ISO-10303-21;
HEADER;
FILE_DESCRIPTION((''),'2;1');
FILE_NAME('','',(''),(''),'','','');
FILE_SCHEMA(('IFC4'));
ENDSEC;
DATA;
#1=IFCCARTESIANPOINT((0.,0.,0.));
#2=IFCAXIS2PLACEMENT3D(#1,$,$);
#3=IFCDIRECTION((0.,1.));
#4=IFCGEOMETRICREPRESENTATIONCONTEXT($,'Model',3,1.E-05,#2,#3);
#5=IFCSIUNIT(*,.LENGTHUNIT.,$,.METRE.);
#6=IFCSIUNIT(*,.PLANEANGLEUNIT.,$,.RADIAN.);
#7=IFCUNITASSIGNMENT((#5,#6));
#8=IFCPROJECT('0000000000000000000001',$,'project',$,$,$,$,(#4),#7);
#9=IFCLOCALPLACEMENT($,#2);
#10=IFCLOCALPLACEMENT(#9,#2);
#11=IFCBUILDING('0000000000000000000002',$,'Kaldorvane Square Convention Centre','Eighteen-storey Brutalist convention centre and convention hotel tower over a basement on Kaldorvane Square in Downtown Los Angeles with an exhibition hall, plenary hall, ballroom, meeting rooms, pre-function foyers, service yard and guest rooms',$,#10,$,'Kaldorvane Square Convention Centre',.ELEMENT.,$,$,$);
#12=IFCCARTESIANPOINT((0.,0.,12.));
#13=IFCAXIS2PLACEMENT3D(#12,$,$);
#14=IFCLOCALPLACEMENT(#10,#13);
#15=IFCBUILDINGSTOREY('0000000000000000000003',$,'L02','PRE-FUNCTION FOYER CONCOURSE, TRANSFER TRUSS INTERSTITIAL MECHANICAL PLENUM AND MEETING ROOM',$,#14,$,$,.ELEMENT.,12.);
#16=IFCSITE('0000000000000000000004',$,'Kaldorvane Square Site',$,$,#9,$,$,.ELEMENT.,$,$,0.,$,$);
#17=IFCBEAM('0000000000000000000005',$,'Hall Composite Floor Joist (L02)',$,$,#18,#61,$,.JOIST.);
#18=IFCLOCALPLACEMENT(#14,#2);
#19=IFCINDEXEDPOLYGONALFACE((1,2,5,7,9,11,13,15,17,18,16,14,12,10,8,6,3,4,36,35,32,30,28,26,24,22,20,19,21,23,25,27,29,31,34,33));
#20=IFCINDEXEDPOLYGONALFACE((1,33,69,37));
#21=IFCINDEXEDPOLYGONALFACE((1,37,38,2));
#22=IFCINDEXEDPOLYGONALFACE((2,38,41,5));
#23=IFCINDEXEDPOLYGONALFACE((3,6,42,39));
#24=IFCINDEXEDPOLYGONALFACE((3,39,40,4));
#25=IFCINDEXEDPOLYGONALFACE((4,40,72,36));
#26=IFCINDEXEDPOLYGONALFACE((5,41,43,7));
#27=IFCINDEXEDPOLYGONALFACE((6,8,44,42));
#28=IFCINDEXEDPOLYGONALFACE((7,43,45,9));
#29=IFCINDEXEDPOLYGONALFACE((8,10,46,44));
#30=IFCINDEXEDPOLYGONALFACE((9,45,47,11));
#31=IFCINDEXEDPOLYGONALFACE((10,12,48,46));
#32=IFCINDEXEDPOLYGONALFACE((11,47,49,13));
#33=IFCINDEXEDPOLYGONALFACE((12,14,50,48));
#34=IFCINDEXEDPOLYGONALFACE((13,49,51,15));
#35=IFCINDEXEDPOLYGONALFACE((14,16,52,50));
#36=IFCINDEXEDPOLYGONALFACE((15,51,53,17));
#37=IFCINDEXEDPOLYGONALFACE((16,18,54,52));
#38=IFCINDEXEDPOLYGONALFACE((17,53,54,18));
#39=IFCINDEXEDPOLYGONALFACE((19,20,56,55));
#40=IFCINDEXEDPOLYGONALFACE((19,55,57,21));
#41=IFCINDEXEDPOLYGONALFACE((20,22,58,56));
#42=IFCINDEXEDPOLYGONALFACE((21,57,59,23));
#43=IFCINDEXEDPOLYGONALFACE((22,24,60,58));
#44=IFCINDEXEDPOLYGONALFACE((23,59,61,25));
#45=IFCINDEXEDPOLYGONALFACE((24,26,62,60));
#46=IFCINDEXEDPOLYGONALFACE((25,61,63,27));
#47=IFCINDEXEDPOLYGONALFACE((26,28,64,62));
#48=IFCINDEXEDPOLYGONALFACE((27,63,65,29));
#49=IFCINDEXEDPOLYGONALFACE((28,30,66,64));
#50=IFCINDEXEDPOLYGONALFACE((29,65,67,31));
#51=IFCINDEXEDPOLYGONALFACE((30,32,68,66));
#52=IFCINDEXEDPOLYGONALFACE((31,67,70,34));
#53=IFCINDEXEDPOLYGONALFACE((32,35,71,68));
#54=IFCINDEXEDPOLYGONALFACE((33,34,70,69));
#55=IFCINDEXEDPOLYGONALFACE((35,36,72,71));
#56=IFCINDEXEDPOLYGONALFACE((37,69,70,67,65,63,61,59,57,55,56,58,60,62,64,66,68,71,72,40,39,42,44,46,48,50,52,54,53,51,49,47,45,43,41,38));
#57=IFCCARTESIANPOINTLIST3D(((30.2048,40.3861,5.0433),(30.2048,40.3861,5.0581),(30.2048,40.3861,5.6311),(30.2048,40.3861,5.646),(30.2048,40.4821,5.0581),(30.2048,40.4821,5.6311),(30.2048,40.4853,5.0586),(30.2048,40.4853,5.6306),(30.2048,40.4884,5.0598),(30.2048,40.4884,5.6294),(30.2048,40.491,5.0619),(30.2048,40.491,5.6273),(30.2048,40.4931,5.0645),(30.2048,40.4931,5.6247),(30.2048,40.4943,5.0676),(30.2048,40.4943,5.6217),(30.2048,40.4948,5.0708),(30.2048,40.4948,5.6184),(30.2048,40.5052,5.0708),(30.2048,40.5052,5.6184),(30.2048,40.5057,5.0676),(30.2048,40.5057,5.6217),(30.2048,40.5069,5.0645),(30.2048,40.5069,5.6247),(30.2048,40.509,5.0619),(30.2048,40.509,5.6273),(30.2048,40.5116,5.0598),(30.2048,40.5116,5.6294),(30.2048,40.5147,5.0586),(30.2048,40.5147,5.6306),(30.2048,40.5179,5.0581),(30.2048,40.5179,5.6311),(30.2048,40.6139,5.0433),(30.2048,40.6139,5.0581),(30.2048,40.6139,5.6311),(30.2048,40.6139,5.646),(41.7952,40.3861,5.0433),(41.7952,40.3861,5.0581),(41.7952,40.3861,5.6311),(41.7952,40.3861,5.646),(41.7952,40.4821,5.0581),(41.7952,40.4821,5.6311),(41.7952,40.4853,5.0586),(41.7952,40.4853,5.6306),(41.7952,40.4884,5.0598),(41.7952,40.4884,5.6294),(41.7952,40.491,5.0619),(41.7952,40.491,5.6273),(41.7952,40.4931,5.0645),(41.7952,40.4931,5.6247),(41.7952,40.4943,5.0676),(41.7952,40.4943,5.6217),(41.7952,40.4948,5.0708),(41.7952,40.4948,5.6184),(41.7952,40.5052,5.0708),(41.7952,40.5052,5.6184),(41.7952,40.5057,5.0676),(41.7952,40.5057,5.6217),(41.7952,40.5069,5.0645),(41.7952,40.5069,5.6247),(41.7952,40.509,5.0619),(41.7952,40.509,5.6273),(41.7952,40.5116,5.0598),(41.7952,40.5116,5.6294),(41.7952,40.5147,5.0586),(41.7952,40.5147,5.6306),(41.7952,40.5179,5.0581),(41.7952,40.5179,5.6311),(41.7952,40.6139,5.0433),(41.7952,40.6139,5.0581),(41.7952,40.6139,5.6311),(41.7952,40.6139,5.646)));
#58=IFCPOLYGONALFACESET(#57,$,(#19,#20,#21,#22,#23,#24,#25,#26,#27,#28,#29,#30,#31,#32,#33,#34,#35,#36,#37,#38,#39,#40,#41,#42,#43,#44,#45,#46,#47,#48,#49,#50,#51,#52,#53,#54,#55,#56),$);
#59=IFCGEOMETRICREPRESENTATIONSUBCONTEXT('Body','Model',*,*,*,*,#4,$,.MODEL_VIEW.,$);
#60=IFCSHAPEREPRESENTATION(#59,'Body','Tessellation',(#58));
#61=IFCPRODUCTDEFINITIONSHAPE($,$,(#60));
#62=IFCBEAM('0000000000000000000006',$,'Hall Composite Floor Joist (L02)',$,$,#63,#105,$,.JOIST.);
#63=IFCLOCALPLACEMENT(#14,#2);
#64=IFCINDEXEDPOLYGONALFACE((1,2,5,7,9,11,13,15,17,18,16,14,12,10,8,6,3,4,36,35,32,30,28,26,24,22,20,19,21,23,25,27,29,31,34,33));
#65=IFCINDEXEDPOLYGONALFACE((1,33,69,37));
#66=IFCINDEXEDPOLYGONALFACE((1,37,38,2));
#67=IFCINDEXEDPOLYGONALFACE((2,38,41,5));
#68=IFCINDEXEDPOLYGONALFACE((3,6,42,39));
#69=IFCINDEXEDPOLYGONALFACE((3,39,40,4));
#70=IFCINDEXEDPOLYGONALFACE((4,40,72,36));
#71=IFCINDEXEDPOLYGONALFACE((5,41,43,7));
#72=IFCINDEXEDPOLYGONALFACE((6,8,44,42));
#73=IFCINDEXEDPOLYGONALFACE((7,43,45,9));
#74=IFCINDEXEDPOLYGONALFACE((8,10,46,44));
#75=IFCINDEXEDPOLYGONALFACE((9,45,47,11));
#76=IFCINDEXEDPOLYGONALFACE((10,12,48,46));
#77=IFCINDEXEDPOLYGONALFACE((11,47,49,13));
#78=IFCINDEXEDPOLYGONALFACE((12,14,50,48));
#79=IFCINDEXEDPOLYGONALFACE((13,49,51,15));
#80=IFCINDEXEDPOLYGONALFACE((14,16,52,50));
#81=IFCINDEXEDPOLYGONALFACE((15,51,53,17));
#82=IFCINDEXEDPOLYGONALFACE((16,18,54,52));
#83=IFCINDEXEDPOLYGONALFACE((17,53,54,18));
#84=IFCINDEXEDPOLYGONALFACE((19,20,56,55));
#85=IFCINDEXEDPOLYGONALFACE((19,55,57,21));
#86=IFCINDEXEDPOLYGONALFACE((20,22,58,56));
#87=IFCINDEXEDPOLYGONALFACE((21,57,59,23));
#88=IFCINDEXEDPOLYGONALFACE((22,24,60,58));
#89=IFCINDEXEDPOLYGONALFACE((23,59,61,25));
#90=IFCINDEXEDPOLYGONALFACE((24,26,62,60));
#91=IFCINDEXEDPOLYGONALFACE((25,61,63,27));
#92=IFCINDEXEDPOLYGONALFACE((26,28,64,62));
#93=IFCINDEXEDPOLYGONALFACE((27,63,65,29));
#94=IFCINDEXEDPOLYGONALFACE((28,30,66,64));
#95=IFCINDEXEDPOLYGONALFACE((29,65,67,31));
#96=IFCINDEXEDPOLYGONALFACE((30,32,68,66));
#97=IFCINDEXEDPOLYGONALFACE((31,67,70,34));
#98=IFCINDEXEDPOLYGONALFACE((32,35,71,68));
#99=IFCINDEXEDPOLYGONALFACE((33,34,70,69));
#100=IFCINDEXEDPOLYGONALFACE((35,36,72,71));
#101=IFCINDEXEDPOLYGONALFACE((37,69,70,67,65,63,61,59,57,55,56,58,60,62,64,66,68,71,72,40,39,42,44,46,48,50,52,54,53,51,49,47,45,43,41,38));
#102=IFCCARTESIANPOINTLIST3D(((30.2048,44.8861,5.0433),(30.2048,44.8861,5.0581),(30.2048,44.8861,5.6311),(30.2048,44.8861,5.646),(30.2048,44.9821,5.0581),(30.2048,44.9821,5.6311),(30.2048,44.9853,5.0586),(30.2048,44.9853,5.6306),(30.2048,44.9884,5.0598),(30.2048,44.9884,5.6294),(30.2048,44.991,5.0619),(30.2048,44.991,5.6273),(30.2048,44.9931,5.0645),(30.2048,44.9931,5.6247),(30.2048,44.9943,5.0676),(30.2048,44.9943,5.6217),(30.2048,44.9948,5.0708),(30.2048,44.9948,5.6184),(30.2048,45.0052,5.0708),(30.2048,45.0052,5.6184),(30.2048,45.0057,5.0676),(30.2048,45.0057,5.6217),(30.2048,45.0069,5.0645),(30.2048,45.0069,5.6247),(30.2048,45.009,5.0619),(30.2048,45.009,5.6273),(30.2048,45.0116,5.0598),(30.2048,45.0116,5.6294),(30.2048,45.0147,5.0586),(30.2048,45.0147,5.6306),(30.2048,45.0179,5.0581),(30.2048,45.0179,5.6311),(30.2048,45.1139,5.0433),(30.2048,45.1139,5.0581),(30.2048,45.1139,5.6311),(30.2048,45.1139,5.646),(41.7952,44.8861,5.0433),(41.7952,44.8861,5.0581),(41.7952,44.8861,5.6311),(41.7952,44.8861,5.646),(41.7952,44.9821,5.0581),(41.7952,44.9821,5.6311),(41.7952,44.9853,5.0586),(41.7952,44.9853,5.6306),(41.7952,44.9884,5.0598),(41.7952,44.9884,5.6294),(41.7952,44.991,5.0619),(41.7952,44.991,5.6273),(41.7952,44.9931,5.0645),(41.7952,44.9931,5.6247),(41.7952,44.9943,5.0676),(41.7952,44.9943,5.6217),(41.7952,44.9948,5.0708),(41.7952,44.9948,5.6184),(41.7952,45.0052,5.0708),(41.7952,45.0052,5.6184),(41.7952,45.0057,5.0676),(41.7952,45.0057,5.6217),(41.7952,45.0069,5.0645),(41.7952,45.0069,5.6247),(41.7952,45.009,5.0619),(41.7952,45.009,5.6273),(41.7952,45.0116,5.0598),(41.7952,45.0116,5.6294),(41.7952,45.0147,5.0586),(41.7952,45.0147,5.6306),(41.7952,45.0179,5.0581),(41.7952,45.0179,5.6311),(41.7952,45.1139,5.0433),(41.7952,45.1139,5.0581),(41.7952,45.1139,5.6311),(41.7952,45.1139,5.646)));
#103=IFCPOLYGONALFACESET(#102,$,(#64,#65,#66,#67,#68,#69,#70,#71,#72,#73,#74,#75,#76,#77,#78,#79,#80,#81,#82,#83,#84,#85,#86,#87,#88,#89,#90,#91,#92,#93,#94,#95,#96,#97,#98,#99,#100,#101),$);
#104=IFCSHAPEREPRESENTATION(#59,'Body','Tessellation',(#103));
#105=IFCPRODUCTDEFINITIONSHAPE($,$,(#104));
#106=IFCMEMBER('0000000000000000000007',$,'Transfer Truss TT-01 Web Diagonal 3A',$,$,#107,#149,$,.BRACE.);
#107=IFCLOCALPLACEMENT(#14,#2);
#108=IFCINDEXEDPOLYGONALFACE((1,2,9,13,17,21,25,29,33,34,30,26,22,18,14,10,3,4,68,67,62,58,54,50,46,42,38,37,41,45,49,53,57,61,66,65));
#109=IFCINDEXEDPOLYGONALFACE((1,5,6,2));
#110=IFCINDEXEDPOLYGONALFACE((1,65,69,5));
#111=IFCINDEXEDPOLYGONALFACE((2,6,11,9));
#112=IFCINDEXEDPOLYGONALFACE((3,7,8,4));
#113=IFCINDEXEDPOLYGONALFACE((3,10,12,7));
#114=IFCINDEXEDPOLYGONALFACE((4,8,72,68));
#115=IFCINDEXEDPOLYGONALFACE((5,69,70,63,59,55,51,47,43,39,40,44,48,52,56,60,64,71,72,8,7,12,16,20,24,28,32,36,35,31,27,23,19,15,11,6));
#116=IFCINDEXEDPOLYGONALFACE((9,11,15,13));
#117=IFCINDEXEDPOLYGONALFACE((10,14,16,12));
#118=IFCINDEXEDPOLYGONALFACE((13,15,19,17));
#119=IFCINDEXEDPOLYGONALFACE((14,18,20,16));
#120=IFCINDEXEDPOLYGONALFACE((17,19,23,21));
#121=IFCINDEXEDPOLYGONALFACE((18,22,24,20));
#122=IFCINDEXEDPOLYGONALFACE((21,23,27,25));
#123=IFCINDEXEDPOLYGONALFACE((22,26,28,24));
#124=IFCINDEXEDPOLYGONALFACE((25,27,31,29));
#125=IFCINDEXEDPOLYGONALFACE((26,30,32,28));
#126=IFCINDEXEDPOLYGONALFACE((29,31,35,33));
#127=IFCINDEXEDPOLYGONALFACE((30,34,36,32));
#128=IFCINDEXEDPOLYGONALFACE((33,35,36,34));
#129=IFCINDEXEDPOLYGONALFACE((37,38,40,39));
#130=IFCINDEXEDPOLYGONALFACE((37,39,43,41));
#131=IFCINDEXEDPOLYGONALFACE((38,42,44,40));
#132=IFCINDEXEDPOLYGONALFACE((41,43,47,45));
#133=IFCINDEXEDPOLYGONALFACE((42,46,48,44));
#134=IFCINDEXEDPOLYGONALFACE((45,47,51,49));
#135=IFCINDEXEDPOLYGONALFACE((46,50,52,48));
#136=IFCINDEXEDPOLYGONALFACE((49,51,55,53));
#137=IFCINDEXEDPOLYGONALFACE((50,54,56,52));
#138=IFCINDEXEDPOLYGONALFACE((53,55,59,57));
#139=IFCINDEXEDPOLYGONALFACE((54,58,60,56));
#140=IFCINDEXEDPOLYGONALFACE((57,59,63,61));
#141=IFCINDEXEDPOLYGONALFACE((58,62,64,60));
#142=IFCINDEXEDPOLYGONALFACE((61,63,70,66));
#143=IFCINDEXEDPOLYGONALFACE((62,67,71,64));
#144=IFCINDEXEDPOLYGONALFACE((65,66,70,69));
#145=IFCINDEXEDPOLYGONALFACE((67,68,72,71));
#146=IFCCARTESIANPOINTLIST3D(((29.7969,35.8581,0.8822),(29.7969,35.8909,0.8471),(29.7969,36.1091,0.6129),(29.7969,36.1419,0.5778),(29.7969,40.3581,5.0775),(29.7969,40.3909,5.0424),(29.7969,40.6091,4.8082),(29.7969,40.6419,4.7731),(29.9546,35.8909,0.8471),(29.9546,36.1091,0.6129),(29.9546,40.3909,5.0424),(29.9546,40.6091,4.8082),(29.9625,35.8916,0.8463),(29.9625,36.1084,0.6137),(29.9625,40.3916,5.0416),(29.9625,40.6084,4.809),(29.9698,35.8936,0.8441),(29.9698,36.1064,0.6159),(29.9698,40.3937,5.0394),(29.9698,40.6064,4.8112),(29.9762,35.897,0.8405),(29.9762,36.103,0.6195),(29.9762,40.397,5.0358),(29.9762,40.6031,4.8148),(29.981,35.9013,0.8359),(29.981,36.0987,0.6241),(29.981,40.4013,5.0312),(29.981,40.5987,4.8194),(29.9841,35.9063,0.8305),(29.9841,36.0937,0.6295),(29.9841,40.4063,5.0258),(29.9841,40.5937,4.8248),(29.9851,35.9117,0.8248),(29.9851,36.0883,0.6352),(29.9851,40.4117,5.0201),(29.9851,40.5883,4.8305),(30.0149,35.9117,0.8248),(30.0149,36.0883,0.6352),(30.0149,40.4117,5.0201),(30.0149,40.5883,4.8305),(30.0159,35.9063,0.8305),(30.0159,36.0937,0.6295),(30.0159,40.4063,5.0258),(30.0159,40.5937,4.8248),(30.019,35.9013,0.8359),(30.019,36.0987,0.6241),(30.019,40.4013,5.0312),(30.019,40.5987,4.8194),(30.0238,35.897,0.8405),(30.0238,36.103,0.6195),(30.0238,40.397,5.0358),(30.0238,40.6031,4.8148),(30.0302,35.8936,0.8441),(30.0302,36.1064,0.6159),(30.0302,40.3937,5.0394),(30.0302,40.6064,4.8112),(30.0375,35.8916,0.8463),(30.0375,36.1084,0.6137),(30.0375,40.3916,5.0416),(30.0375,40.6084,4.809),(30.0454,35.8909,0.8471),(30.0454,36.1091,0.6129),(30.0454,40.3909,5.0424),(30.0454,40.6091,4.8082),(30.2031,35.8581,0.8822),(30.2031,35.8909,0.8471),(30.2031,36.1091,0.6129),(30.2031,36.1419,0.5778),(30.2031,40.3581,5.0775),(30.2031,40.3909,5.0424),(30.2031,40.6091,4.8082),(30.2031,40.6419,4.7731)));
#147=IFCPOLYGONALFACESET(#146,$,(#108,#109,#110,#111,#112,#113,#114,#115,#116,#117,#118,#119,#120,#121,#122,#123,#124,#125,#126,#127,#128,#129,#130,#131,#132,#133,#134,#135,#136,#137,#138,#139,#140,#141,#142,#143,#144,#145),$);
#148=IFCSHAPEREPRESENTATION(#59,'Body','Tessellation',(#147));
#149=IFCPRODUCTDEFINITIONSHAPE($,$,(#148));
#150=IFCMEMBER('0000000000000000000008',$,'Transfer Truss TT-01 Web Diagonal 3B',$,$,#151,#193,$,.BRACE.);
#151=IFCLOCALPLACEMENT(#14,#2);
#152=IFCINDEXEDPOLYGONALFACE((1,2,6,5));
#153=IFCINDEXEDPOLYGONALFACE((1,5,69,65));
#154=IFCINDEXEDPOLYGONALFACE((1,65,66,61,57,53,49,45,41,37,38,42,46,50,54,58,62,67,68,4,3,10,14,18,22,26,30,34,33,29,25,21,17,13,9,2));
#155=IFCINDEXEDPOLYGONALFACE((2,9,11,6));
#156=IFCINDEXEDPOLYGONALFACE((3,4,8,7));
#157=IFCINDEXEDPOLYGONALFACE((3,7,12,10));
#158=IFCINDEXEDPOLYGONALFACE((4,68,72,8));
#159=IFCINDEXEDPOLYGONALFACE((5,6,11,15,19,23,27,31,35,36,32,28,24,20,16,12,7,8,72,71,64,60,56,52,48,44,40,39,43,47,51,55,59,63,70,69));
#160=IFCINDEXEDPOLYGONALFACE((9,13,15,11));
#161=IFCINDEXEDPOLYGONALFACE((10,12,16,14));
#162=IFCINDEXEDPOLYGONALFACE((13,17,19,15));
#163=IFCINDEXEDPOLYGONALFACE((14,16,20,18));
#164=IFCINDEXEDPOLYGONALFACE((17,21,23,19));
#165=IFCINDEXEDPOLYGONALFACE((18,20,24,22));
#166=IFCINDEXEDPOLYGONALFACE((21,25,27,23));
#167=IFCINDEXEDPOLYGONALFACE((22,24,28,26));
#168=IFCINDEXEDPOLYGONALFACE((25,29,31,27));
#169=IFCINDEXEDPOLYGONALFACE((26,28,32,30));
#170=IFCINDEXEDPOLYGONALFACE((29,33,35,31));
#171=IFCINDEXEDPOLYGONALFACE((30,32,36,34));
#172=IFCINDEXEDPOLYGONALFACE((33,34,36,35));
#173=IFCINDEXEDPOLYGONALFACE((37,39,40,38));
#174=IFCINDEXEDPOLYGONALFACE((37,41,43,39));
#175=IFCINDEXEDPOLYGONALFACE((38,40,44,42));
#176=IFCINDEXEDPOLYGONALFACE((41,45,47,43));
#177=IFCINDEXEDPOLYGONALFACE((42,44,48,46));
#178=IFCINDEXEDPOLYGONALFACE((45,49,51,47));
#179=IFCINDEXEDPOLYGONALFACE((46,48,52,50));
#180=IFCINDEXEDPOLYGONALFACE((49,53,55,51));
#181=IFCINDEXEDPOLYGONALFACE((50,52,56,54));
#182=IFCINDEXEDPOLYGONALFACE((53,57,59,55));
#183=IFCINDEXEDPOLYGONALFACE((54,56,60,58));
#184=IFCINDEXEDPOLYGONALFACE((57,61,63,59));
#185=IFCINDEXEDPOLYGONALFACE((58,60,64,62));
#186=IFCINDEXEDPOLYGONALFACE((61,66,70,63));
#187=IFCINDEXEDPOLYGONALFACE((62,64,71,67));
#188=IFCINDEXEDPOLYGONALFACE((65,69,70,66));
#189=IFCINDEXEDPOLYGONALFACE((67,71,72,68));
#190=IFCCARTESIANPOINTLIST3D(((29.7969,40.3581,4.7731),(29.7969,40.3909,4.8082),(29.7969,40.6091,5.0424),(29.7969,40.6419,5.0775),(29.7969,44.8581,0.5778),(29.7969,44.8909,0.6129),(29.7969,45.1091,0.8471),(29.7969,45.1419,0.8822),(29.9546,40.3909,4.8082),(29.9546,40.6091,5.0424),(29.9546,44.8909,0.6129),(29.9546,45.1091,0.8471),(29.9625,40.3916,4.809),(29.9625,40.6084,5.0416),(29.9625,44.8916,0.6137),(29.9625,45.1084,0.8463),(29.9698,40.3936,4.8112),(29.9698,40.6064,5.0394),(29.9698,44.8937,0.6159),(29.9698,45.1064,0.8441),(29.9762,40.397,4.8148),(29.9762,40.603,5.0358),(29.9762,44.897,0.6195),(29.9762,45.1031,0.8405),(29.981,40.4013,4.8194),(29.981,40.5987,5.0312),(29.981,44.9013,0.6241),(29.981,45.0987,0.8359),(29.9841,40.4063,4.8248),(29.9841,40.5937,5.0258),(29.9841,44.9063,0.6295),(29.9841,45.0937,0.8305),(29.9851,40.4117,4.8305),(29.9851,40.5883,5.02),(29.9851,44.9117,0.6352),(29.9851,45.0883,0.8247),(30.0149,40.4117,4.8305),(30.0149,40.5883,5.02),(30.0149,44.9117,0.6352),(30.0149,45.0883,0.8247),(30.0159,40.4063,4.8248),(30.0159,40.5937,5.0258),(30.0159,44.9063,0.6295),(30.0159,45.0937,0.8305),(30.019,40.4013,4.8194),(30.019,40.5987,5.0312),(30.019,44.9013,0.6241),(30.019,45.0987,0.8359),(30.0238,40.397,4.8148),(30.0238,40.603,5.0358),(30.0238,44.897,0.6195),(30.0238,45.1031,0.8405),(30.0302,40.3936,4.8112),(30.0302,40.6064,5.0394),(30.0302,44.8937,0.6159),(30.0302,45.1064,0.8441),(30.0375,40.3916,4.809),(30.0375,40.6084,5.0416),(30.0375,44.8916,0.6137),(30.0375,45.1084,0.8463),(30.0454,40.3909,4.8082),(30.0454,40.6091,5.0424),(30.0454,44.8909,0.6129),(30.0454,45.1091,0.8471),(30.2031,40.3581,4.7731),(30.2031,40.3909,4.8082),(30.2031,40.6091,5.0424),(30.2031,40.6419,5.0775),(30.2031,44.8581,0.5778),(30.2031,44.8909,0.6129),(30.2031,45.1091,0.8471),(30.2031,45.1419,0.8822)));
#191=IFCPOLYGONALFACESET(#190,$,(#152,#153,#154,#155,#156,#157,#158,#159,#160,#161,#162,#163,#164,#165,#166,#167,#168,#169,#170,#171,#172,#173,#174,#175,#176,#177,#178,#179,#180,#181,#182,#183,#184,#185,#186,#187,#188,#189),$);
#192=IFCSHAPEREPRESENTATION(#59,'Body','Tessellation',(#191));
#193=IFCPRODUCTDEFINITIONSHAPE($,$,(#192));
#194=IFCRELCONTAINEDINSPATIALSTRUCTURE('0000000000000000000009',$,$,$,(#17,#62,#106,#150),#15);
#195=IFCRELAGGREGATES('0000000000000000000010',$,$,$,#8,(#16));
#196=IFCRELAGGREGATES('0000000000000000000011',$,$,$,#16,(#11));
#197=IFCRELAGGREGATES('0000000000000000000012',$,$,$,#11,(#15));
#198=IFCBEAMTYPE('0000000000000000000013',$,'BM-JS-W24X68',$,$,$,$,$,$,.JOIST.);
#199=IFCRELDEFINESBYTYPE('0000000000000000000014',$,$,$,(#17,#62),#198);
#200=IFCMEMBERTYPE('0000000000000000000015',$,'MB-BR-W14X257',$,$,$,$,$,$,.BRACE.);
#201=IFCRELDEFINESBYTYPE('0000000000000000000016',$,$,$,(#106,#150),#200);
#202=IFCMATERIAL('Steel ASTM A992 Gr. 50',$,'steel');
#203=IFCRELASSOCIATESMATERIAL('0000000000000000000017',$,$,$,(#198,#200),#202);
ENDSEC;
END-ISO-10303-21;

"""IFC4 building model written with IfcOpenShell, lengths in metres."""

from ifc_helpers import new_model, si_unit, direction, frame, origin, origin_2d, place, context, subcontext, project, spatial, i_section, extrude, material, material_profile, profile_set, type_object, element, save


model = new_model("IFC4")

# Units and contexts
model_context = context("Model", 3, precision=1e-05, world=origin(), true_north=direction((0.0, 1.0)))
body_context = subcontext(model_context, "Body", "Model", "MODEL_VIEW")
ifc_project = project(units=[si_unit("LENGTHUNIT", "METRE"), si_unit("PLANEANGLEUNIT", "RADIAN")], contexts=[model_context])

# Site, building, storey
site_placement = place(None, origin())
site = spatial("IfcSite", under=ifc_project, at=site_placement, Name="Kaldorvane Square Site", CompositionType="ELEMENT", RefElevation=0.0)
building_placement = place(site_placement, origin())
building = spatial("IfcBuilding", under=site, at=building_placement, Name="Kaldorvane Square Convention Centre", Description="Eighteen-storey Brutalist convention centre and convention hotel tower over a basement on Kaldorvane Square in Downtown Los Angeles with an exhibition hall, plenary hall, ballroom, meeting rooms, pre-function foyers, service yard and guest rooms", LongName="Kaldorvane Square Convention Centre", CompositionType="ELEMENT")
storey_placement = place(building_placement, frame((0.0, 0.0, 12.0)))
storey = spatial("IfcBuildingStorey", under=building, at=storey_placement, Name="L02", Description="PRE-FUNCTION FOYER CONCOURSE, TRANSFER TRUSS INTERSTITIAL MECHANICAL PLENUM AND MEETING ROOM", CompositionType="ELEMENT", Elevation=12.0)

# Shared definitions
ifc_material_1 = material(Name="Steel ASTM A992 Gr. 50", Category="steel")

# Beams
ifc_material_profile_1 = material_profile(ifc_material_1, i_section(OverallWidth=0.2277, OverallDepth=0.6027, WebThickness=0.0105, FlangeThickness=0.0149, FilletRadius=0.0127, at=origin_2d()), Name="W24X68")
ifc_profile_set_1 = profile_set([ifc_material_profile_1], Name="Steel ASTM A992 Gr. 50")
beam_type_1 = type_object("IfcBeamType", Name="BM-JS-W24X68", PredefinedType="JOIST", material=ifc_profile_set_1)
for number, where, z_axis, x_axis, name in (
    (1, (30.2048, 40.5, 5.3446), (1.0, 0.0, 0.0), (0.0, 1.0, 0.0), "Hall Composite Floor Joist (L02)"),
    (2, (30.2048, 45.0, 5.3446), (1.0, 0.0, 0.0), (0.0, 1.0, 0.0), "Hall Composite Floor Joist (L02)"),
):
    element("IfcBeam", number, at=place(storey_placement, frame(where, z_axis=z_axis, x_axis=x_axis)), inside=storey, type_object=beam_type_1, Name=name, PredefinedType="JOIST", context=body_context, shape_type="SweptSolid", body=[
        extrude(i_section(OverallWidth=0.2277, OverallDepth=0.6027, WebThickness=0.0105, FlangeThickness=0.0149, FilletRadius=0.0127, at=origin_2d()), origin(), (0.0, 0.0, 1.0), 11.5904),
    ])

# Members
ifc_material_profile_2 = material_profile(ifc_material_1, i_section(OverallWidth=0.4063, OverallDepth=0.4161, WebThickness=0.0298, FlangeThickness=0.048, FilletRadius=0.0305, at=origin_2d()), Name="W14X257")
ifc_profile_set_2 = profile_set([ifc_material_profile_2], Name="Steel ASTM A992 Gr. 50")
member_type_1 = type_object("IfcMemberType", Name="MB-BR-W14X257", PredefinedType="BRACE", material=ifc_profile_set_2)
for number, where, z_axis, x_axis, name in (
    (3, (30.0, 36.0, 0.73), (0.0, 0.731436, 0.68191), (-1.0, 0.0, 0.0), "Transfer Truss TT-01 Web Diagonal 3A"),
    (4, (30.0, 40.5, 4.9253), (0.0, 0.731436, -0.68191), (-1.0, 0.0, 0.0), "Transfer Truss TT-01 Web Diagonal 3B"),
):
    element("IfcMember", number, at=place(storey_placement, frame(where, z_axis=z_axis, x_axis=x_axis)), inside=storey, type_object=member_type_1, Name=name, PredefinedType="BRACE", context=body_context, shape_type="SweptSolid", body=[
        extrude(i_section(OverallWidth=0.4063, OverallDepth=0.4161, WebThickness=0.0298, FlangeThickness=0.048, FilletRadius=0.0305, at=origin_2d()), origin(), (0.0, 0.0, 1.0), 6.1523),
    ])

save(model, "model.ifc")
